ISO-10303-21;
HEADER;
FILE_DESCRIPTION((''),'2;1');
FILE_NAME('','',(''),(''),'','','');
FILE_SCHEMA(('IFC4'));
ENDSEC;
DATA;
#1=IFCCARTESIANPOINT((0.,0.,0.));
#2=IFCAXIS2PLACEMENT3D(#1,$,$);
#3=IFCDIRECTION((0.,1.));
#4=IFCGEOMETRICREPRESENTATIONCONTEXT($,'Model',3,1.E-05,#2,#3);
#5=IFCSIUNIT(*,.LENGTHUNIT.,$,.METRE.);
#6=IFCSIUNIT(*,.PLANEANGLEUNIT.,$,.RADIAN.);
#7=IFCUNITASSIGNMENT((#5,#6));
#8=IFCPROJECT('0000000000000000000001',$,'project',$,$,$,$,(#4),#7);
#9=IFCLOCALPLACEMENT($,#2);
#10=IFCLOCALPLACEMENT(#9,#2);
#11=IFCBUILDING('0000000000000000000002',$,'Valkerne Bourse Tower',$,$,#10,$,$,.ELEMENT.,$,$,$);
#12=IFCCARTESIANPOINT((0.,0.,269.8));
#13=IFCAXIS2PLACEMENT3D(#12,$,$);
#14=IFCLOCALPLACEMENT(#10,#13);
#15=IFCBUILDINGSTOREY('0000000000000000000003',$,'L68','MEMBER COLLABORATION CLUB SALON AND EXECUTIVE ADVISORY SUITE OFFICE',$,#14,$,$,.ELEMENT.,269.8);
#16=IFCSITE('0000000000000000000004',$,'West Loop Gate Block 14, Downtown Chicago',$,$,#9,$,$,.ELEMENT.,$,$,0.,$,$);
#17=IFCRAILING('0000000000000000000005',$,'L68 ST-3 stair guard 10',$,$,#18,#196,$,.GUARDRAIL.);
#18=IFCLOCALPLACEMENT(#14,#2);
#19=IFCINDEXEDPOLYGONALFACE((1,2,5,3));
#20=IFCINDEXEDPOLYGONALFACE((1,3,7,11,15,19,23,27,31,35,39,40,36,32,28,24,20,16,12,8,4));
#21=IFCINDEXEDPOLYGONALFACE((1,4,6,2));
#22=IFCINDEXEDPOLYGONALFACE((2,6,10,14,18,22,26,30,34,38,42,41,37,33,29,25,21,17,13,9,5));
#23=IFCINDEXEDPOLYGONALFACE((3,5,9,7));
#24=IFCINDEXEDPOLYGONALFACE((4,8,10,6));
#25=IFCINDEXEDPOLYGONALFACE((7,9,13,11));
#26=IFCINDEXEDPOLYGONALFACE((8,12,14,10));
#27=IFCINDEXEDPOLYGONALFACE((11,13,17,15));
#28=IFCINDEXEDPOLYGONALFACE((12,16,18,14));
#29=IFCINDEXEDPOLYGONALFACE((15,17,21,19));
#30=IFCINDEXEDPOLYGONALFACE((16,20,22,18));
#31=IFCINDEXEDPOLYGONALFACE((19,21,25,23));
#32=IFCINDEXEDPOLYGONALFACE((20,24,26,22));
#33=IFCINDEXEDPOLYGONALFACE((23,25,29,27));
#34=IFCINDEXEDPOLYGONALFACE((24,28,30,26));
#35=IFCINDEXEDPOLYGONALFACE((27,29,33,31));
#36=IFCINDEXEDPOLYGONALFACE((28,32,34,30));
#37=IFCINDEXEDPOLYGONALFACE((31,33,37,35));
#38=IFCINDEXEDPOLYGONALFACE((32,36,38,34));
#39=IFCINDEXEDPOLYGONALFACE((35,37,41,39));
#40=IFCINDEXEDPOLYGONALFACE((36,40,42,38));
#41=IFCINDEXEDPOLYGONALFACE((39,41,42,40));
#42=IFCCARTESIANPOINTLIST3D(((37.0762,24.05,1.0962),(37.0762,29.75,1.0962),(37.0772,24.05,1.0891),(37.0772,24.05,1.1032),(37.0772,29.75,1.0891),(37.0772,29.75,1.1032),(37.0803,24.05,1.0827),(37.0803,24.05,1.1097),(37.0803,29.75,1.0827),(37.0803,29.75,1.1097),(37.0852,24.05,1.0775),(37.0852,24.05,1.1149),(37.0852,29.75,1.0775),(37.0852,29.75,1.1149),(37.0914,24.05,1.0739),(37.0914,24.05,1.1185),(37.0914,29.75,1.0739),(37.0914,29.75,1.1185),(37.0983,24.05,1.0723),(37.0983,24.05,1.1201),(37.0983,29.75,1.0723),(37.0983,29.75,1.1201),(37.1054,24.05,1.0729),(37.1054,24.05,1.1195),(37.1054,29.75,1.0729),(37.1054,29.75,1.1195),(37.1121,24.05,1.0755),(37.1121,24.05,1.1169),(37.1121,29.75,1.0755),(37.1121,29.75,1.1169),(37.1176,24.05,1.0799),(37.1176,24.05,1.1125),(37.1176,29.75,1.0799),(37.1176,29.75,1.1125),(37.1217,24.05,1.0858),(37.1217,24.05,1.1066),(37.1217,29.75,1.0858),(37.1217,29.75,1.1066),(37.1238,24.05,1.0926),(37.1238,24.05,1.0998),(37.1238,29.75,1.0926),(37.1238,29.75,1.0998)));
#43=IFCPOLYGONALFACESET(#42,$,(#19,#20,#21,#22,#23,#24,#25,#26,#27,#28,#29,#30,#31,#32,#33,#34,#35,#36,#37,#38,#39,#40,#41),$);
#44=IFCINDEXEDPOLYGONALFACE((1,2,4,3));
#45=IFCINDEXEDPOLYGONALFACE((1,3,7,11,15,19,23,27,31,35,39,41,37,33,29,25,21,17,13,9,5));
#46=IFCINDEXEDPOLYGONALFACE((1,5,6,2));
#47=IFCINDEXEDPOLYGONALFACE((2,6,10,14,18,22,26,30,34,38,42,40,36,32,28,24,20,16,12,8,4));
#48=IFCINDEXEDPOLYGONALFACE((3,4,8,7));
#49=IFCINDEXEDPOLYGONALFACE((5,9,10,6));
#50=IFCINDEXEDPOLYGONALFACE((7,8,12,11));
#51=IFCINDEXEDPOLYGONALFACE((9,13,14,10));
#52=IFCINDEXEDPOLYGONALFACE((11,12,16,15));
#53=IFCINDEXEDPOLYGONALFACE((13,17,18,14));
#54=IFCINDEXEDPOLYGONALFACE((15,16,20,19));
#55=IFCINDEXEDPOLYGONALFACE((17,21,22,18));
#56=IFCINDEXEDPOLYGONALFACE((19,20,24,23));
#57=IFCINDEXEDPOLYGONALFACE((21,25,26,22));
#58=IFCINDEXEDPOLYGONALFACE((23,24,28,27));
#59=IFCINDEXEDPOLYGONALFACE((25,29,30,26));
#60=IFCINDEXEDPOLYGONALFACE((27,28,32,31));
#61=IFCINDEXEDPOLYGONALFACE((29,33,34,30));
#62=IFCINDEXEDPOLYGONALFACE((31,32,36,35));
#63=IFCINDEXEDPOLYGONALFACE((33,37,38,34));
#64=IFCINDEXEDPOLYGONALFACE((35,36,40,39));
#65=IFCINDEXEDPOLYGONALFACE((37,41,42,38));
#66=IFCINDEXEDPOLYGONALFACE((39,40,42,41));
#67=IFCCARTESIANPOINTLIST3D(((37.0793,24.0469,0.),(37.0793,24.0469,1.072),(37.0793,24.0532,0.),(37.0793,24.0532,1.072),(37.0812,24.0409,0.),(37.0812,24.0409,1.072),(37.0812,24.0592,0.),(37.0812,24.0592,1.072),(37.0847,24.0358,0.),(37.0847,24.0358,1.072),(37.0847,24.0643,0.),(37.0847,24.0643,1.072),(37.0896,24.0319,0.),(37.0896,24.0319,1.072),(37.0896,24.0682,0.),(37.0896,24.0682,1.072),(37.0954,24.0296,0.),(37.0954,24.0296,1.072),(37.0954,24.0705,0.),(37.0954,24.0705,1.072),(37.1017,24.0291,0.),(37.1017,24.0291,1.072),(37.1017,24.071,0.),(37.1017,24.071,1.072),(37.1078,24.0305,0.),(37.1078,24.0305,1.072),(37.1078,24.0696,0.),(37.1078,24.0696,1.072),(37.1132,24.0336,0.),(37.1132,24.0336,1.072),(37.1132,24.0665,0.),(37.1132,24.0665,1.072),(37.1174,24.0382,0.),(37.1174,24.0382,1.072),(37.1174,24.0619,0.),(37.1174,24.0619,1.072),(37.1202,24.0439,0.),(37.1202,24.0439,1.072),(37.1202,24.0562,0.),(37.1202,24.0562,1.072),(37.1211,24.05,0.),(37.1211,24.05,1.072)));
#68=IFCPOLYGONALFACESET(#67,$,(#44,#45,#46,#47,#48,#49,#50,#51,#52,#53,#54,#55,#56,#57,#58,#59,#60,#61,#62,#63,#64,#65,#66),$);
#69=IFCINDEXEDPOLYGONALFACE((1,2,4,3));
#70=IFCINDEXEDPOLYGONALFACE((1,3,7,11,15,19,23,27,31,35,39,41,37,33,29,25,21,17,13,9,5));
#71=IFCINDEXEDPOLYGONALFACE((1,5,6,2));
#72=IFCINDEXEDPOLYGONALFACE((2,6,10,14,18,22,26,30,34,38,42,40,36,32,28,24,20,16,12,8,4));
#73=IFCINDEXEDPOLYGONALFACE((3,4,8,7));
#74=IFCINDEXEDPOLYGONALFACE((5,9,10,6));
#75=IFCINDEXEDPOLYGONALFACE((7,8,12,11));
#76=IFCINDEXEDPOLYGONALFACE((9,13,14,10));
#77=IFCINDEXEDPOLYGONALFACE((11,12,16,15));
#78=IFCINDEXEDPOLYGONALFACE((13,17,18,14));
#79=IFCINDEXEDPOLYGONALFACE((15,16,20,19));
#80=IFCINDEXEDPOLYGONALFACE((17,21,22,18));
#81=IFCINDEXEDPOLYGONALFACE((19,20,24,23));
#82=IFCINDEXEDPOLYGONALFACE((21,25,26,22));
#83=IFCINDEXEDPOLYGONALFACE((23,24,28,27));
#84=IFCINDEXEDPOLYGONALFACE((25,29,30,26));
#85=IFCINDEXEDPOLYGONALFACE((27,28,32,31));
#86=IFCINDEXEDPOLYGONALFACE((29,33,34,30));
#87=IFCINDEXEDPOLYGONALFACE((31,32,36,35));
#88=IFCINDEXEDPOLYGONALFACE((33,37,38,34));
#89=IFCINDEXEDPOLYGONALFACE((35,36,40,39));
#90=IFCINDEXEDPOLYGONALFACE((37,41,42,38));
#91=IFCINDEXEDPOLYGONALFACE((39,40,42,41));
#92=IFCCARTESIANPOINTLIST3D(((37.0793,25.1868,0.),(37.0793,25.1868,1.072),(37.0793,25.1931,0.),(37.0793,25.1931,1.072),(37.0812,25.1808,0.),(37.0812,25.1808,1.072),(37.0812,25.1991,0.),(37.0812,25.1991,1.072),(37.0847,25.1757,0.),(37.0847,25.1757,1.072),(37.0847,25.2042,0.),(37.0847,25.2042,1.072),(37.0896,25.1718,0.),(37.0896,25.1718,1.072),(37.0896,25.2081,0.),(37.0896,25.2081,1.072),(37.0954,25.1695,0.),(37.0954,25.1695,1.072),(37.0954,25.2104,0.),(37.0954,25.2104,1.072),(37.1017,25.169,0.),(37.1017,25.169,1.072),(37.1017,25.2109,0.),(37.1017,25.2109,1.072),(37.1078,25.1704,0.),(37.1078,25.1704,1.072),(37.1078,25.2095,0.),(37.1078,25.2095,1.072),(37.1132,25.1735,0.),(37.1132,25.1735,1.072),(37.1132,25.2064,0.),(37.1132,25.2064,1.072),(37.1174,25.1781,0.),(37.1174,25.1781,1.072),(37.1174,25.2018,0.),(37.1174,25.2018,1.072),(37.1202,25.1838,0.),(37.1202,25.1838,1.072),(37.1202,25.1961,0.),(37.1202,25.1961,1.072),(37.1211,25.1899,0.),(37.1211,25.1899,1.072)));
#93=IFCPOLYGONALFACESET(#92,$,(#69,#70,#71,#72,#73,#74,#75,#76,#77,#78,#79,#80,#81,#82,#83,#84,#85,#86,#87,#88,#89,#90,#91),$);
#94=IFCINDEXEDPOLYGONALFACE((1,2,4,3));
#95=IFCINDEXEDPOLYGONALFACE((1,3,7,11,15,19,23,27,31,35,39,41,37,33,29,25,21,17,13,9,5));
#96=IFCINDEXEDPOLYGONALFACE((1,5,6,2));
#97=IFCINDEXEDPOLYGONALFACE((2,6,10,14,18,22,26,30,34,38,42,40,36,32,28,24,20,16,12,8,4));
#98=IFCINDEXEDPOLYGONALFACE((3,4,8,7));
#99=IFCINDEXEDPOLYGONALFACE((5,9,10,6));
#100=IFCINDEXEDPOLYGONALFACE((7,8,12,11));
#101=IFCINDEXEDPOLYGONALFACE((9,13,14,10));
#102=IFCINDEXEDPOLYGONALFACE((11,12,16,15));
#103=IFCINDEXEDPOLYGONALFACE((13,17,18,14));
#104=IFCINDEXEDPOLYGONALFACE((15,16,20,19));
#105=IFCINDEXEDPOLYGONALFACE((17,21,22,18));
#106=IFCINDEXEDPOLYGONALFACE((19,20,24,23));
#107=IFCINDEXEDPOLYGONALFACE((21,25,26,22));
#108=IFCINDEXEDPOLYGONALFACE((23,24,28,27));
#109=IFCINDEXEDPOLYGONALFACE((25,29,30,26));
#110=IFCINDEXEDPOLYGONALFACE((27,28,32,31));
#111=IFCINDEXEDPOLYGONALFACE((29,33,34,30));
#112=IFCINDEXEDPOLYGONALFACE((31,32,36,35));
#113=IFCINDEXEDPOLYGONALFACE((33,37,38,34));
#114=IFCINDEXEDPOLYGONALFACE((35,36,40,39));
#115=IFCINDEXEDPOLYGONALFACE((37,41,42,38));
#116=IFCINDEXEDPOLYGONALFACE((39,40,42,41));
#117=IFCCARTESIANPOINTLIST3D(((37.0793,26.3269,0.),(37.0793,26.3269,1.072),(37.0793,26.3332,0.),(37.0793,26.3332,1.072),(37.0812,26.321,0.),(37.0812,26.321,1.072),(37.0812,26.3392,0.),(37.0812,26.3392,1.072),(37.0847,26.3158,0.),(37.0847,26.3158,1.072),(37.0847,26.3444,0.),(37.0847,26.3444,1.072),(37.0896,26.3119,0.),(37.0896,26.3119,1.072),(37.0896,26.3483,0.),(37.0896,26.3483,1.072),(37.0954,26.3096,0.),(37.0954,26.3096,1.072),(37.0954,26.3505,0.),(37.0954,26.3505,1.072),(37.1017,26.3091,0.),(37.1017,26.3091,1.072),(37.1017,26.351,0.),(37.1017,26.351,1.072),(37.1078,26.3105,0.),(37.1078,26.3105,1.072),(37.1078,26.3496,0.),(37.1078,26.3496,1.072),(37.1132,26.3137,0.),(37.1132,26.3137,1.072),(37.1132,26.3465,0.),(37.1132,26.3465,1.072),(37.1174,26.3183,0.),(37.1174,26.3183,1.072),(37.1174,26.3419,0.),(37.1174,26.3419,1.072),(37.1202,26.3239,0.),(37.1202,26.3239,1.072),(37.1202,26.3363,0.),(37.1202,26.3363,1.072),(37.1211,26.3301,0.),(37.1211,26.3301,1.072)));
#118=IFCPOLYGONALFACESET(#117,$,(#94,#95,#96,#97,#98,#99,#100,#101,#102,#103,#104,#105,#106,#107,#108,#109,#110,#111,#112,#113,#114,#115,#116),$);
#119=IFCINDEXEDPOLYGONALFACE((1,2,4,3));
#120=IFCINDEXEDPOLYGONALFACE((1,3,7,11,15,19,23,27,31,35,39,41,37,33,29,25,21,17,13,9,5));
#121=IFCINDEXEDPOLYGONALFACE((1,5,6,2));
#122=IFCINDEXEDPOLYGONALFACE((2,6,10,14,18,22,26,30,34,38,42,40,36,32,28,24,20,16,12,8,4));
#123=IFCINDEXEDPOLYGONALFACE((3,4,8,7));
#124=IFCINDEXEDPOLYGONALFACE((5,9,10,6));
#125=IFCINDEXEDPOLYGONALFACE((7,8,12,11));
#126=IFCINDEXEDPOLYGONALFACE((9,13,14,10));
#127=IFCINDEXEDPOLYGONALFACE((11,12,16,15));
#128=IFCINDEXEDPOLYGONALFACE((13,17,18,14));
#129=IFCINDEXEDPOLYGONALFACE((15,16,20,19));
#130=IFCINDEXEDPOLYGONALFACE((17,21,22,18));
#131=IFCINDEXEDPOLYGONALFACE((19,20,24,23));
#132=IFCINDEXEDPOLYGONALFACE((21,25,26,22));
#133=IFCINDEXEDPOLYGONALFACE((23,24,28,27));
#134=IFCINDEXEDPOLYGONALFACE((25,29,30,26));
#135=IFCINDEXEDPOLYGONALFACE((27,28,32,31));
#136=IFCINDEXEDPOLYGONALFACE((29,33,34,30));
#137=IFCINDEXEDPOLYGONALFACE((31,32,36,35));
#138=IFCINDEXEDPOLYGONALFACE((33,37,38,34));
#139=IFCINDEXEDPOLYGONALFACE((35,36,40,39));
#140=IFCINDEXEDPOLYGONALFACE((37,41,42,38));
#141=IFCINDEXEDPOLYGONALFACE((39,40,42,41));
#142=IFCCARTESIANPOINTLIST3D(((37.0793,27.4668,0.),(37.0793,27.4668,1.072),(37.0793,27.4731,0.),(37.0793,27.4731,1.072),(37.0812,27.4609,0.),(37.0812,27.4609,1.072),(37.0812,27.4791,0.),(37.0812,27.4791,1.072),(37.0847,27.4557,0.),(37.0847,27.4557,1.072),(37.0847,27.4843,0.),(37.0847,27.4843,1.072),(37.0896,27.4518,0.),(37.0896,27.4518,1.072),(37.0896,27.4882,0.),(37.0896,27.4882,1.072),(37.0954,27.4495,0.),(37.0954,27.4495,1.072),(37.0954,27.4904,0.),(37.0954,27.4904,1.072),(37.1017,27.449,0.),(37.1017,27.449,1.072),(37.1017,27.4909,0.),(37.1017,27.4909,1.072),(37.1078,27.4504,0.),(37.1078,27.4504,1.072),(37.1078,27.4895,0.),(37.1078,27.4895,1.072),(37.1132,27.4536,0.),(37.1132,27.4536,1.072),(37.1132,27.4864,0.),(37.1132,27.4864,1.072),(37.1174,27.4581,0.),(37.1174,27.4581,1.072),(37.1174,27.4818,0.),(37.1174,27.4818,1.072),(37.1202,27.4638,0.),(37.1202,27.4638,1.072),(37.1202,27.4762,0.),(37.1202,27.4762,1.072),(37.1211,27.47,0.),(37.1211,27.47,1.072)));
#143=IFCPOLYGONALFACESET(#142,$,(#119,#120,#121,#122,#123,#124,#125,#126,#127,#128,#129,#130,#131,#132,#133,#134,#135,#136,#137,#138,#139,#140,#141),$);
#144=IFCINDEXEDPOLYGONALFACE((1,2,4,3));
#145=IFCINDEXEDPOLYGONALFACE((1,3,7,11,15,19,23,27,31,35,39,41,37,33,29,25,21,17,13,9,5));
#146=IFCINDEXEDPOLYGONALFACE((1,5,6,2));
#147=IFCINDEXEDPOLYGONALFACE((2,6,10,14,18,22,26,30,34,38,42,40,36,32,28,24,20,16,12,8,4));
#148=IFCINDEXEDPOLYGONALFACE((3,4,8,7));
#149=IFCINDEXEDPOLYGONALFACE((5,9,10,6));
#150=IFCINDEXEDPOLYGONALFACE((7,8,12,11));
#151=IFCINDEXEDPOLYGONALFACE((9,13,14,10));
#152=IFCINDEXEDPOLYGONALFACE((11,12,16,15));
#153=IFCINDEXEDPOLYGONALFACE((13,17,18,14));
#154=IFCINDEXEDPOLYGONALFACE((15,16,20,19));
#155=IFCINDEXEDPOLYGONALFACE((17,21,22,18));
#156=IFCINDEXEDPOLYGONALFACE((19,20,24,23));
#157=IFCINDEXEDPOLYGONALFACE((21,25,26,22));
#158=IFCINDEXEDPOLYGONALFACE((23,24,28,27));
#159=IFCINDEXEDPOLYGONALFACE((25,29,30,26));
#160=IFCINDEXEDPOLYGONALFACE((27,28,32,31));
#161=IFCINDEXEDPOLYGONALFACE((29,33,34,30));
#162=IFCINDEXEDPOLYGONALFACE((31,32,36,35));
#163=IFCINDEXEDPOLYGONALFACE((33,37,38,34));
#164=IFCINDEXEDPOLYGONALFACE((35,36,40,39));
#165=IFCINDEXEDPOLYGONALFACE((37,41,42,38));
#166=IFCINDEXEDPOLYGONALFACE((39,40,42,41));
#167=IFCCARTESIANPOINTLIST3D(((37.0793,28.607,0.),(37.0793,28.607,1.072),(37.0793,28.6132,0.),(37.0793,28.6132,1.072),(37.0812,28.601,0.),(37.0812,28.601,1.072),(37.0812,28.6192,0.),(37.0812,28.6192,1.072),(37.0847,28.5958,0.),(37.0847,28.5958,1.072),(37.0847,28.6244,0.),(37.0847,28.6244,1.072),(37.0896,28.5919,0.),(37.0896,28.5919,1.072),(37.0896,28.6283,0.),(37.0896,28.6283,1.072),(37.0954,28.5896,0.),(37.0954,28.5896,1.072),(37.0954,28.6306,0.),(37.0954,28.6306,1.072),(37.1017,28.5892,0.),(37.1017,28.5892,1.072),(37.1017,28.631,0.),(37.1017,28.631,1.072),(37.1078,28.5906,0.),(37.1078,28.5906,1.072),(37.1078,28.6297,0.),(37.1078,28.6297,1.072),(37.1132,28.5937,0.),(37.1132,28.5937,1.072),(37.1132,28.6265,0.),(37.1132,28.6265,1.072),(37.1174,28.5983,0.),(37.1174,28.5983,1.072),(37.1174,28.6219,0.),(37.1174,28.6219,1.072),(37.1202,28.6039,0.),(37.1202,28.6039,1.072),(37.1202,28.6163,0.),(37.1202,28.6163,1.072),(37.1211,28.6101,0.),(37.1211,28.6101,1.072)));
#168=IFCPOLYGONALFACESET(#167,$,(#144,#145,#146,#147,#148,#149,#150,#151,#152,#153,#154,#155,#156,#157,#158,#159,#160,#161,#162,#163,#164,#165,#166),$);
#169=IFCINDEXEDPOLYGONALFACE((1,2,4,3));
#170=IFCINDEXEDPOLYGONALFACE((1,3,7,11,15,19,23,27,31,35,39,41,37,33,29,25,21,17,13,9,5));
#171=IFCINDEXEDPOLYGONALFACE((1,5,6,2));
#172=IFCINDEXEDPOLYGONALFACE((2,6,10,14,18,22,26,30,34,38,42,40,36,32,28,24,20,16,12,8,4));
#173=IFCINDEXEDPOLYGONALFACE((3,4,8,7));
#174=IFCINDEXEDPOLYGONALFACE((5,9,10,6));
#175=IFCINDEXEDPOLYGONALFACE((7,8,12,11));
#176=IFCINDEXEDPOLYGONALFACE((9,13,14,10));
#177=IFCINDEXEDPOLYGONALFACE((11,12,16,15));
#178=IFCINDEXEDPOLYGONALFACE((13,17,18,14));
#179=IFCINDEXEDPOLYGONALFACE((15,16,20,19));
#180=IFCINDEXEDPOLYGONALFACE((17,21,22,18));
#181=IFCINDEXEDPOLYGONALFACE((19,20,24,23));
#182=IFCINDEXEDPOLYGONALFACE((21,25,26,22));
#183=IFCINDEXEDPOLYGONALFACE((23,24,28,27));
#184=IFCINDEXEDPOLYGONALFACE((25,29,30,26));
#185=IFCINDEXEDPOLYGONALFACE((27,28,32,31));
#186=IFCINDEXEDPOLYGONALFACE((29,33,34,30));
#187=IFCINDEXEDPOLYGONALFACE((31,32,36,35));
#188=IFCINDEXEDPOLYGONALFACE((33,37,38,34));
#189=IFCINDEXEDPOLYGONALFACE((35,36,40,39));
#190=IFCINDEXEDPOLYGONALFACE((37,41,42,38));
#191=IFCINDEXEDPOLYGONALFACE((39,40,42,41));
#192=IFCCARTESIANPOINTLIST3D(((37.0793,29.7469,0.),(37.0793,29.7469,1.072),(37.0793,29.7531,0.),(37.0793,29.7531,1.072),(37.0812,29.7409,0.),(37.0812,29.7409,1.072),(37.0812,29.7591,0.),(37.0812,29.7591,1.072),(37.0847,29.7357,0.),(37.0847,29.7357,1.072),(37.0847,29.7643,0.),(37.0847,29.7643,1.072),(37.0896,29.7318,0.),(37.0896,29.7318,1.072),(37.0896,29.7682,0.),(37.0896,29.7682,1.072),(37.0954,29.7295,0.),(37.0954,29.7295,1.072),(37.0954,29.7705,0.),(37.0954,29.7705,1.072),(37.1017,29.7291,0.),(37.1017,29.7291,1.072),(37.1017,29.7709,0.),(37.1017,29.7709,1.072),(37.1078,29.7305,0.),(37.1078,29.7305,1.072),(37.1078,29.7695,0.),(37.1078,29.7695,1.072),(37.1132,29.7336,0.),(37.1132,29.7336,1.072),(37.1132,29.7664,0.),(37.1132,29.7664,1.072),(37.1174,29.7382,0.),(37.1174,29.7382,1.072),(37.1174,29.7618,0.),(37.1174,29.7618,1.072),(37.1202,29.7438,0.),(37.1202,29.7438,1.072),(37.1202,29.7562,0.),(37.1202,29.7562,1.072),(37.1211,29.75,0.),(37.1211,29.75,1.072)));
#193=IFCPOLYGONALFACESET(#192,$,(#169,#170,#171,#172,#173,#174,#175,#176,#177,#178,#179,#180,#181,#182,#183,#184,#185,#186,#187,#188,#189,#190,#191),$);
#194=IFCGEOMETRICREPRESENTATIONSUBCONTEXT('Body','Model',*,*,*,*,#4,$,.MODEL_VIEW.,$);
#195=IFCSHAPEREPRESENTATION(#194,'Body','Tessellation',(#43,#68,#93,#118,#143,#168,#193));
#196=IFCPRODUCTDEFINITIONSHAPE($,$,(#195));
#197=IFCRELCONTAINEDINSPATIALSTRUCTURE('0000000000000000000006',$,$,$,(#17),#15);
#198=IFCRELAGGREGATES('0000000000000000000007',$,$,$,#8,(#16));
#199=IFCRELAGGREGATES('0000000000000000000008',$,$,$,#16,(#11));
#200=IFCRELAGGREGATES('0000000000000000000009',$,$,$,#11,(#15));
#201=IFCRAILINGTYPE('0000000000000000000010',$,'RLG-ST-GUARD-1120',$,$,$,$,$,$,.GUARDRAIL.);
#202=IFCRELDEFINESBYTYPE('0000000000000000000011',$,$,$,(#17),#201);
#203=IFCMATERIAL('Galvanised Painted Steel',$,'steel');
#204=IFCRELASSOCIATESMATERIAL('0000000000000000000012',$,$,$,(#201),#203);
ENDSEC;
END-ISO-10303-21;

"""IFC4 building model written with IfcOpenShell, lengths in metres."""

from ifc_helpers import new_model, si_unit, direction, frame, origin, origin_2d, place, context, subcontext, project, spatial, circle, extrude, material, type_object, element, save


model = new_model("IFC4")

# Units and contexts
model_context = context("Model", 3, precision=1e-05, world=origin(), true_north=direction((0.0, 1.0)))
body_context = subcontext(model_context, "Body", "Model", "MODEL_VIEW")
ifc_project = project(units=[si_unit("LENGTHUNIT", "METRE"), si_unit("PLANEANGLEUNIT", "RADIAN")], contexts=[model_context])

# Site, building, storey
site_placement = place(None, origin())
site = spatial("IfcSite", under=ifc_project, at=site_placement, Name="West Loop Gate Block 14, Downtown Chicago", CompositionType="ELEMENT", RefElevation=0.0)
building_placement = place(site_placement, origin())
building = spatial("IfcBuilding", under=site, at=building_placement, Name="Valkerne Bourse Tower", CompositionType="ELEMENT")
storey_placement = place(building_placement, frame((0.0, 0.0, 269.8)))
storey = spatial("IfcBuildingStorey", under=building, at=storey_placement, Name="L68", Description="MEMBER COLLABORATION CLUB SALON AND EXECUTIVE ADVISORY SUITE OFFICE", CompositionType="ELEMENT", Elevation=269.8)

# Railing
ifc_material_1 = material(Name="Galvanised Painted Steel", Category="steel")
railing_type_1 = type_object("IfcRailingType", Name="RLG-ST-GUARD-1120", PredefinedType="GUARDRAIL", material=ifc_material_1)
railing_1_placement = place(storey_placement, frame((37.1001, 24.05, 0.0)))
element("IfcRailing", 1, at=railing_1_placement, inside=storey, type_object=railing_type_1, Name="L68 ST-3 stair guard 10", PredefinedType="GUARDRAIL", context=body_context, shape_type="SweptSolid", body=[
    extrude(circle(Radius=0.0239, at=origin_2d()), frame((0.0, 0.0, 1.0962), z_axis=(0.0, 1.0, 0.0), x_axis=(-1.0, 0.0, 0.0)), (0.0, 0.0, 1.0), 5.7),
    extrude(circle(Radius=0.021, at=origin_2d()), origin(), (0.0, 0.0, 1.0), 1.072),
    extrude(circle(Radius=0.021, at=origin_2d()), frame((0.0, 1.1399, 0.0)), (0.0, 0.0, 1.0), 1.072),
    extrude(circle(Radius=0.021, at=origin_2d()), frame((0.0, 2.28, 0.0)), (0.0, 0.0, 1.0), 1.072),
    extrude(circle(Radius=0.021, at=origin_2d()), frame((0.0, 3.4199, 0.0)), (0.0, 0.0, 1.0), 1.072),
    extrude(circle(Radius=0.021, at=origin_2d()), frame((0.0, 4.5601, 0.0)), (0.0, 0.0, 1.0), 1.072),
    extrude(circle(Radius=0.021, at=origin_2d()), frame((0.0, 5.7, 0.0)), (0.0, 0.0, 1.0), 1.072),
])

save(model, "model.ifc")
